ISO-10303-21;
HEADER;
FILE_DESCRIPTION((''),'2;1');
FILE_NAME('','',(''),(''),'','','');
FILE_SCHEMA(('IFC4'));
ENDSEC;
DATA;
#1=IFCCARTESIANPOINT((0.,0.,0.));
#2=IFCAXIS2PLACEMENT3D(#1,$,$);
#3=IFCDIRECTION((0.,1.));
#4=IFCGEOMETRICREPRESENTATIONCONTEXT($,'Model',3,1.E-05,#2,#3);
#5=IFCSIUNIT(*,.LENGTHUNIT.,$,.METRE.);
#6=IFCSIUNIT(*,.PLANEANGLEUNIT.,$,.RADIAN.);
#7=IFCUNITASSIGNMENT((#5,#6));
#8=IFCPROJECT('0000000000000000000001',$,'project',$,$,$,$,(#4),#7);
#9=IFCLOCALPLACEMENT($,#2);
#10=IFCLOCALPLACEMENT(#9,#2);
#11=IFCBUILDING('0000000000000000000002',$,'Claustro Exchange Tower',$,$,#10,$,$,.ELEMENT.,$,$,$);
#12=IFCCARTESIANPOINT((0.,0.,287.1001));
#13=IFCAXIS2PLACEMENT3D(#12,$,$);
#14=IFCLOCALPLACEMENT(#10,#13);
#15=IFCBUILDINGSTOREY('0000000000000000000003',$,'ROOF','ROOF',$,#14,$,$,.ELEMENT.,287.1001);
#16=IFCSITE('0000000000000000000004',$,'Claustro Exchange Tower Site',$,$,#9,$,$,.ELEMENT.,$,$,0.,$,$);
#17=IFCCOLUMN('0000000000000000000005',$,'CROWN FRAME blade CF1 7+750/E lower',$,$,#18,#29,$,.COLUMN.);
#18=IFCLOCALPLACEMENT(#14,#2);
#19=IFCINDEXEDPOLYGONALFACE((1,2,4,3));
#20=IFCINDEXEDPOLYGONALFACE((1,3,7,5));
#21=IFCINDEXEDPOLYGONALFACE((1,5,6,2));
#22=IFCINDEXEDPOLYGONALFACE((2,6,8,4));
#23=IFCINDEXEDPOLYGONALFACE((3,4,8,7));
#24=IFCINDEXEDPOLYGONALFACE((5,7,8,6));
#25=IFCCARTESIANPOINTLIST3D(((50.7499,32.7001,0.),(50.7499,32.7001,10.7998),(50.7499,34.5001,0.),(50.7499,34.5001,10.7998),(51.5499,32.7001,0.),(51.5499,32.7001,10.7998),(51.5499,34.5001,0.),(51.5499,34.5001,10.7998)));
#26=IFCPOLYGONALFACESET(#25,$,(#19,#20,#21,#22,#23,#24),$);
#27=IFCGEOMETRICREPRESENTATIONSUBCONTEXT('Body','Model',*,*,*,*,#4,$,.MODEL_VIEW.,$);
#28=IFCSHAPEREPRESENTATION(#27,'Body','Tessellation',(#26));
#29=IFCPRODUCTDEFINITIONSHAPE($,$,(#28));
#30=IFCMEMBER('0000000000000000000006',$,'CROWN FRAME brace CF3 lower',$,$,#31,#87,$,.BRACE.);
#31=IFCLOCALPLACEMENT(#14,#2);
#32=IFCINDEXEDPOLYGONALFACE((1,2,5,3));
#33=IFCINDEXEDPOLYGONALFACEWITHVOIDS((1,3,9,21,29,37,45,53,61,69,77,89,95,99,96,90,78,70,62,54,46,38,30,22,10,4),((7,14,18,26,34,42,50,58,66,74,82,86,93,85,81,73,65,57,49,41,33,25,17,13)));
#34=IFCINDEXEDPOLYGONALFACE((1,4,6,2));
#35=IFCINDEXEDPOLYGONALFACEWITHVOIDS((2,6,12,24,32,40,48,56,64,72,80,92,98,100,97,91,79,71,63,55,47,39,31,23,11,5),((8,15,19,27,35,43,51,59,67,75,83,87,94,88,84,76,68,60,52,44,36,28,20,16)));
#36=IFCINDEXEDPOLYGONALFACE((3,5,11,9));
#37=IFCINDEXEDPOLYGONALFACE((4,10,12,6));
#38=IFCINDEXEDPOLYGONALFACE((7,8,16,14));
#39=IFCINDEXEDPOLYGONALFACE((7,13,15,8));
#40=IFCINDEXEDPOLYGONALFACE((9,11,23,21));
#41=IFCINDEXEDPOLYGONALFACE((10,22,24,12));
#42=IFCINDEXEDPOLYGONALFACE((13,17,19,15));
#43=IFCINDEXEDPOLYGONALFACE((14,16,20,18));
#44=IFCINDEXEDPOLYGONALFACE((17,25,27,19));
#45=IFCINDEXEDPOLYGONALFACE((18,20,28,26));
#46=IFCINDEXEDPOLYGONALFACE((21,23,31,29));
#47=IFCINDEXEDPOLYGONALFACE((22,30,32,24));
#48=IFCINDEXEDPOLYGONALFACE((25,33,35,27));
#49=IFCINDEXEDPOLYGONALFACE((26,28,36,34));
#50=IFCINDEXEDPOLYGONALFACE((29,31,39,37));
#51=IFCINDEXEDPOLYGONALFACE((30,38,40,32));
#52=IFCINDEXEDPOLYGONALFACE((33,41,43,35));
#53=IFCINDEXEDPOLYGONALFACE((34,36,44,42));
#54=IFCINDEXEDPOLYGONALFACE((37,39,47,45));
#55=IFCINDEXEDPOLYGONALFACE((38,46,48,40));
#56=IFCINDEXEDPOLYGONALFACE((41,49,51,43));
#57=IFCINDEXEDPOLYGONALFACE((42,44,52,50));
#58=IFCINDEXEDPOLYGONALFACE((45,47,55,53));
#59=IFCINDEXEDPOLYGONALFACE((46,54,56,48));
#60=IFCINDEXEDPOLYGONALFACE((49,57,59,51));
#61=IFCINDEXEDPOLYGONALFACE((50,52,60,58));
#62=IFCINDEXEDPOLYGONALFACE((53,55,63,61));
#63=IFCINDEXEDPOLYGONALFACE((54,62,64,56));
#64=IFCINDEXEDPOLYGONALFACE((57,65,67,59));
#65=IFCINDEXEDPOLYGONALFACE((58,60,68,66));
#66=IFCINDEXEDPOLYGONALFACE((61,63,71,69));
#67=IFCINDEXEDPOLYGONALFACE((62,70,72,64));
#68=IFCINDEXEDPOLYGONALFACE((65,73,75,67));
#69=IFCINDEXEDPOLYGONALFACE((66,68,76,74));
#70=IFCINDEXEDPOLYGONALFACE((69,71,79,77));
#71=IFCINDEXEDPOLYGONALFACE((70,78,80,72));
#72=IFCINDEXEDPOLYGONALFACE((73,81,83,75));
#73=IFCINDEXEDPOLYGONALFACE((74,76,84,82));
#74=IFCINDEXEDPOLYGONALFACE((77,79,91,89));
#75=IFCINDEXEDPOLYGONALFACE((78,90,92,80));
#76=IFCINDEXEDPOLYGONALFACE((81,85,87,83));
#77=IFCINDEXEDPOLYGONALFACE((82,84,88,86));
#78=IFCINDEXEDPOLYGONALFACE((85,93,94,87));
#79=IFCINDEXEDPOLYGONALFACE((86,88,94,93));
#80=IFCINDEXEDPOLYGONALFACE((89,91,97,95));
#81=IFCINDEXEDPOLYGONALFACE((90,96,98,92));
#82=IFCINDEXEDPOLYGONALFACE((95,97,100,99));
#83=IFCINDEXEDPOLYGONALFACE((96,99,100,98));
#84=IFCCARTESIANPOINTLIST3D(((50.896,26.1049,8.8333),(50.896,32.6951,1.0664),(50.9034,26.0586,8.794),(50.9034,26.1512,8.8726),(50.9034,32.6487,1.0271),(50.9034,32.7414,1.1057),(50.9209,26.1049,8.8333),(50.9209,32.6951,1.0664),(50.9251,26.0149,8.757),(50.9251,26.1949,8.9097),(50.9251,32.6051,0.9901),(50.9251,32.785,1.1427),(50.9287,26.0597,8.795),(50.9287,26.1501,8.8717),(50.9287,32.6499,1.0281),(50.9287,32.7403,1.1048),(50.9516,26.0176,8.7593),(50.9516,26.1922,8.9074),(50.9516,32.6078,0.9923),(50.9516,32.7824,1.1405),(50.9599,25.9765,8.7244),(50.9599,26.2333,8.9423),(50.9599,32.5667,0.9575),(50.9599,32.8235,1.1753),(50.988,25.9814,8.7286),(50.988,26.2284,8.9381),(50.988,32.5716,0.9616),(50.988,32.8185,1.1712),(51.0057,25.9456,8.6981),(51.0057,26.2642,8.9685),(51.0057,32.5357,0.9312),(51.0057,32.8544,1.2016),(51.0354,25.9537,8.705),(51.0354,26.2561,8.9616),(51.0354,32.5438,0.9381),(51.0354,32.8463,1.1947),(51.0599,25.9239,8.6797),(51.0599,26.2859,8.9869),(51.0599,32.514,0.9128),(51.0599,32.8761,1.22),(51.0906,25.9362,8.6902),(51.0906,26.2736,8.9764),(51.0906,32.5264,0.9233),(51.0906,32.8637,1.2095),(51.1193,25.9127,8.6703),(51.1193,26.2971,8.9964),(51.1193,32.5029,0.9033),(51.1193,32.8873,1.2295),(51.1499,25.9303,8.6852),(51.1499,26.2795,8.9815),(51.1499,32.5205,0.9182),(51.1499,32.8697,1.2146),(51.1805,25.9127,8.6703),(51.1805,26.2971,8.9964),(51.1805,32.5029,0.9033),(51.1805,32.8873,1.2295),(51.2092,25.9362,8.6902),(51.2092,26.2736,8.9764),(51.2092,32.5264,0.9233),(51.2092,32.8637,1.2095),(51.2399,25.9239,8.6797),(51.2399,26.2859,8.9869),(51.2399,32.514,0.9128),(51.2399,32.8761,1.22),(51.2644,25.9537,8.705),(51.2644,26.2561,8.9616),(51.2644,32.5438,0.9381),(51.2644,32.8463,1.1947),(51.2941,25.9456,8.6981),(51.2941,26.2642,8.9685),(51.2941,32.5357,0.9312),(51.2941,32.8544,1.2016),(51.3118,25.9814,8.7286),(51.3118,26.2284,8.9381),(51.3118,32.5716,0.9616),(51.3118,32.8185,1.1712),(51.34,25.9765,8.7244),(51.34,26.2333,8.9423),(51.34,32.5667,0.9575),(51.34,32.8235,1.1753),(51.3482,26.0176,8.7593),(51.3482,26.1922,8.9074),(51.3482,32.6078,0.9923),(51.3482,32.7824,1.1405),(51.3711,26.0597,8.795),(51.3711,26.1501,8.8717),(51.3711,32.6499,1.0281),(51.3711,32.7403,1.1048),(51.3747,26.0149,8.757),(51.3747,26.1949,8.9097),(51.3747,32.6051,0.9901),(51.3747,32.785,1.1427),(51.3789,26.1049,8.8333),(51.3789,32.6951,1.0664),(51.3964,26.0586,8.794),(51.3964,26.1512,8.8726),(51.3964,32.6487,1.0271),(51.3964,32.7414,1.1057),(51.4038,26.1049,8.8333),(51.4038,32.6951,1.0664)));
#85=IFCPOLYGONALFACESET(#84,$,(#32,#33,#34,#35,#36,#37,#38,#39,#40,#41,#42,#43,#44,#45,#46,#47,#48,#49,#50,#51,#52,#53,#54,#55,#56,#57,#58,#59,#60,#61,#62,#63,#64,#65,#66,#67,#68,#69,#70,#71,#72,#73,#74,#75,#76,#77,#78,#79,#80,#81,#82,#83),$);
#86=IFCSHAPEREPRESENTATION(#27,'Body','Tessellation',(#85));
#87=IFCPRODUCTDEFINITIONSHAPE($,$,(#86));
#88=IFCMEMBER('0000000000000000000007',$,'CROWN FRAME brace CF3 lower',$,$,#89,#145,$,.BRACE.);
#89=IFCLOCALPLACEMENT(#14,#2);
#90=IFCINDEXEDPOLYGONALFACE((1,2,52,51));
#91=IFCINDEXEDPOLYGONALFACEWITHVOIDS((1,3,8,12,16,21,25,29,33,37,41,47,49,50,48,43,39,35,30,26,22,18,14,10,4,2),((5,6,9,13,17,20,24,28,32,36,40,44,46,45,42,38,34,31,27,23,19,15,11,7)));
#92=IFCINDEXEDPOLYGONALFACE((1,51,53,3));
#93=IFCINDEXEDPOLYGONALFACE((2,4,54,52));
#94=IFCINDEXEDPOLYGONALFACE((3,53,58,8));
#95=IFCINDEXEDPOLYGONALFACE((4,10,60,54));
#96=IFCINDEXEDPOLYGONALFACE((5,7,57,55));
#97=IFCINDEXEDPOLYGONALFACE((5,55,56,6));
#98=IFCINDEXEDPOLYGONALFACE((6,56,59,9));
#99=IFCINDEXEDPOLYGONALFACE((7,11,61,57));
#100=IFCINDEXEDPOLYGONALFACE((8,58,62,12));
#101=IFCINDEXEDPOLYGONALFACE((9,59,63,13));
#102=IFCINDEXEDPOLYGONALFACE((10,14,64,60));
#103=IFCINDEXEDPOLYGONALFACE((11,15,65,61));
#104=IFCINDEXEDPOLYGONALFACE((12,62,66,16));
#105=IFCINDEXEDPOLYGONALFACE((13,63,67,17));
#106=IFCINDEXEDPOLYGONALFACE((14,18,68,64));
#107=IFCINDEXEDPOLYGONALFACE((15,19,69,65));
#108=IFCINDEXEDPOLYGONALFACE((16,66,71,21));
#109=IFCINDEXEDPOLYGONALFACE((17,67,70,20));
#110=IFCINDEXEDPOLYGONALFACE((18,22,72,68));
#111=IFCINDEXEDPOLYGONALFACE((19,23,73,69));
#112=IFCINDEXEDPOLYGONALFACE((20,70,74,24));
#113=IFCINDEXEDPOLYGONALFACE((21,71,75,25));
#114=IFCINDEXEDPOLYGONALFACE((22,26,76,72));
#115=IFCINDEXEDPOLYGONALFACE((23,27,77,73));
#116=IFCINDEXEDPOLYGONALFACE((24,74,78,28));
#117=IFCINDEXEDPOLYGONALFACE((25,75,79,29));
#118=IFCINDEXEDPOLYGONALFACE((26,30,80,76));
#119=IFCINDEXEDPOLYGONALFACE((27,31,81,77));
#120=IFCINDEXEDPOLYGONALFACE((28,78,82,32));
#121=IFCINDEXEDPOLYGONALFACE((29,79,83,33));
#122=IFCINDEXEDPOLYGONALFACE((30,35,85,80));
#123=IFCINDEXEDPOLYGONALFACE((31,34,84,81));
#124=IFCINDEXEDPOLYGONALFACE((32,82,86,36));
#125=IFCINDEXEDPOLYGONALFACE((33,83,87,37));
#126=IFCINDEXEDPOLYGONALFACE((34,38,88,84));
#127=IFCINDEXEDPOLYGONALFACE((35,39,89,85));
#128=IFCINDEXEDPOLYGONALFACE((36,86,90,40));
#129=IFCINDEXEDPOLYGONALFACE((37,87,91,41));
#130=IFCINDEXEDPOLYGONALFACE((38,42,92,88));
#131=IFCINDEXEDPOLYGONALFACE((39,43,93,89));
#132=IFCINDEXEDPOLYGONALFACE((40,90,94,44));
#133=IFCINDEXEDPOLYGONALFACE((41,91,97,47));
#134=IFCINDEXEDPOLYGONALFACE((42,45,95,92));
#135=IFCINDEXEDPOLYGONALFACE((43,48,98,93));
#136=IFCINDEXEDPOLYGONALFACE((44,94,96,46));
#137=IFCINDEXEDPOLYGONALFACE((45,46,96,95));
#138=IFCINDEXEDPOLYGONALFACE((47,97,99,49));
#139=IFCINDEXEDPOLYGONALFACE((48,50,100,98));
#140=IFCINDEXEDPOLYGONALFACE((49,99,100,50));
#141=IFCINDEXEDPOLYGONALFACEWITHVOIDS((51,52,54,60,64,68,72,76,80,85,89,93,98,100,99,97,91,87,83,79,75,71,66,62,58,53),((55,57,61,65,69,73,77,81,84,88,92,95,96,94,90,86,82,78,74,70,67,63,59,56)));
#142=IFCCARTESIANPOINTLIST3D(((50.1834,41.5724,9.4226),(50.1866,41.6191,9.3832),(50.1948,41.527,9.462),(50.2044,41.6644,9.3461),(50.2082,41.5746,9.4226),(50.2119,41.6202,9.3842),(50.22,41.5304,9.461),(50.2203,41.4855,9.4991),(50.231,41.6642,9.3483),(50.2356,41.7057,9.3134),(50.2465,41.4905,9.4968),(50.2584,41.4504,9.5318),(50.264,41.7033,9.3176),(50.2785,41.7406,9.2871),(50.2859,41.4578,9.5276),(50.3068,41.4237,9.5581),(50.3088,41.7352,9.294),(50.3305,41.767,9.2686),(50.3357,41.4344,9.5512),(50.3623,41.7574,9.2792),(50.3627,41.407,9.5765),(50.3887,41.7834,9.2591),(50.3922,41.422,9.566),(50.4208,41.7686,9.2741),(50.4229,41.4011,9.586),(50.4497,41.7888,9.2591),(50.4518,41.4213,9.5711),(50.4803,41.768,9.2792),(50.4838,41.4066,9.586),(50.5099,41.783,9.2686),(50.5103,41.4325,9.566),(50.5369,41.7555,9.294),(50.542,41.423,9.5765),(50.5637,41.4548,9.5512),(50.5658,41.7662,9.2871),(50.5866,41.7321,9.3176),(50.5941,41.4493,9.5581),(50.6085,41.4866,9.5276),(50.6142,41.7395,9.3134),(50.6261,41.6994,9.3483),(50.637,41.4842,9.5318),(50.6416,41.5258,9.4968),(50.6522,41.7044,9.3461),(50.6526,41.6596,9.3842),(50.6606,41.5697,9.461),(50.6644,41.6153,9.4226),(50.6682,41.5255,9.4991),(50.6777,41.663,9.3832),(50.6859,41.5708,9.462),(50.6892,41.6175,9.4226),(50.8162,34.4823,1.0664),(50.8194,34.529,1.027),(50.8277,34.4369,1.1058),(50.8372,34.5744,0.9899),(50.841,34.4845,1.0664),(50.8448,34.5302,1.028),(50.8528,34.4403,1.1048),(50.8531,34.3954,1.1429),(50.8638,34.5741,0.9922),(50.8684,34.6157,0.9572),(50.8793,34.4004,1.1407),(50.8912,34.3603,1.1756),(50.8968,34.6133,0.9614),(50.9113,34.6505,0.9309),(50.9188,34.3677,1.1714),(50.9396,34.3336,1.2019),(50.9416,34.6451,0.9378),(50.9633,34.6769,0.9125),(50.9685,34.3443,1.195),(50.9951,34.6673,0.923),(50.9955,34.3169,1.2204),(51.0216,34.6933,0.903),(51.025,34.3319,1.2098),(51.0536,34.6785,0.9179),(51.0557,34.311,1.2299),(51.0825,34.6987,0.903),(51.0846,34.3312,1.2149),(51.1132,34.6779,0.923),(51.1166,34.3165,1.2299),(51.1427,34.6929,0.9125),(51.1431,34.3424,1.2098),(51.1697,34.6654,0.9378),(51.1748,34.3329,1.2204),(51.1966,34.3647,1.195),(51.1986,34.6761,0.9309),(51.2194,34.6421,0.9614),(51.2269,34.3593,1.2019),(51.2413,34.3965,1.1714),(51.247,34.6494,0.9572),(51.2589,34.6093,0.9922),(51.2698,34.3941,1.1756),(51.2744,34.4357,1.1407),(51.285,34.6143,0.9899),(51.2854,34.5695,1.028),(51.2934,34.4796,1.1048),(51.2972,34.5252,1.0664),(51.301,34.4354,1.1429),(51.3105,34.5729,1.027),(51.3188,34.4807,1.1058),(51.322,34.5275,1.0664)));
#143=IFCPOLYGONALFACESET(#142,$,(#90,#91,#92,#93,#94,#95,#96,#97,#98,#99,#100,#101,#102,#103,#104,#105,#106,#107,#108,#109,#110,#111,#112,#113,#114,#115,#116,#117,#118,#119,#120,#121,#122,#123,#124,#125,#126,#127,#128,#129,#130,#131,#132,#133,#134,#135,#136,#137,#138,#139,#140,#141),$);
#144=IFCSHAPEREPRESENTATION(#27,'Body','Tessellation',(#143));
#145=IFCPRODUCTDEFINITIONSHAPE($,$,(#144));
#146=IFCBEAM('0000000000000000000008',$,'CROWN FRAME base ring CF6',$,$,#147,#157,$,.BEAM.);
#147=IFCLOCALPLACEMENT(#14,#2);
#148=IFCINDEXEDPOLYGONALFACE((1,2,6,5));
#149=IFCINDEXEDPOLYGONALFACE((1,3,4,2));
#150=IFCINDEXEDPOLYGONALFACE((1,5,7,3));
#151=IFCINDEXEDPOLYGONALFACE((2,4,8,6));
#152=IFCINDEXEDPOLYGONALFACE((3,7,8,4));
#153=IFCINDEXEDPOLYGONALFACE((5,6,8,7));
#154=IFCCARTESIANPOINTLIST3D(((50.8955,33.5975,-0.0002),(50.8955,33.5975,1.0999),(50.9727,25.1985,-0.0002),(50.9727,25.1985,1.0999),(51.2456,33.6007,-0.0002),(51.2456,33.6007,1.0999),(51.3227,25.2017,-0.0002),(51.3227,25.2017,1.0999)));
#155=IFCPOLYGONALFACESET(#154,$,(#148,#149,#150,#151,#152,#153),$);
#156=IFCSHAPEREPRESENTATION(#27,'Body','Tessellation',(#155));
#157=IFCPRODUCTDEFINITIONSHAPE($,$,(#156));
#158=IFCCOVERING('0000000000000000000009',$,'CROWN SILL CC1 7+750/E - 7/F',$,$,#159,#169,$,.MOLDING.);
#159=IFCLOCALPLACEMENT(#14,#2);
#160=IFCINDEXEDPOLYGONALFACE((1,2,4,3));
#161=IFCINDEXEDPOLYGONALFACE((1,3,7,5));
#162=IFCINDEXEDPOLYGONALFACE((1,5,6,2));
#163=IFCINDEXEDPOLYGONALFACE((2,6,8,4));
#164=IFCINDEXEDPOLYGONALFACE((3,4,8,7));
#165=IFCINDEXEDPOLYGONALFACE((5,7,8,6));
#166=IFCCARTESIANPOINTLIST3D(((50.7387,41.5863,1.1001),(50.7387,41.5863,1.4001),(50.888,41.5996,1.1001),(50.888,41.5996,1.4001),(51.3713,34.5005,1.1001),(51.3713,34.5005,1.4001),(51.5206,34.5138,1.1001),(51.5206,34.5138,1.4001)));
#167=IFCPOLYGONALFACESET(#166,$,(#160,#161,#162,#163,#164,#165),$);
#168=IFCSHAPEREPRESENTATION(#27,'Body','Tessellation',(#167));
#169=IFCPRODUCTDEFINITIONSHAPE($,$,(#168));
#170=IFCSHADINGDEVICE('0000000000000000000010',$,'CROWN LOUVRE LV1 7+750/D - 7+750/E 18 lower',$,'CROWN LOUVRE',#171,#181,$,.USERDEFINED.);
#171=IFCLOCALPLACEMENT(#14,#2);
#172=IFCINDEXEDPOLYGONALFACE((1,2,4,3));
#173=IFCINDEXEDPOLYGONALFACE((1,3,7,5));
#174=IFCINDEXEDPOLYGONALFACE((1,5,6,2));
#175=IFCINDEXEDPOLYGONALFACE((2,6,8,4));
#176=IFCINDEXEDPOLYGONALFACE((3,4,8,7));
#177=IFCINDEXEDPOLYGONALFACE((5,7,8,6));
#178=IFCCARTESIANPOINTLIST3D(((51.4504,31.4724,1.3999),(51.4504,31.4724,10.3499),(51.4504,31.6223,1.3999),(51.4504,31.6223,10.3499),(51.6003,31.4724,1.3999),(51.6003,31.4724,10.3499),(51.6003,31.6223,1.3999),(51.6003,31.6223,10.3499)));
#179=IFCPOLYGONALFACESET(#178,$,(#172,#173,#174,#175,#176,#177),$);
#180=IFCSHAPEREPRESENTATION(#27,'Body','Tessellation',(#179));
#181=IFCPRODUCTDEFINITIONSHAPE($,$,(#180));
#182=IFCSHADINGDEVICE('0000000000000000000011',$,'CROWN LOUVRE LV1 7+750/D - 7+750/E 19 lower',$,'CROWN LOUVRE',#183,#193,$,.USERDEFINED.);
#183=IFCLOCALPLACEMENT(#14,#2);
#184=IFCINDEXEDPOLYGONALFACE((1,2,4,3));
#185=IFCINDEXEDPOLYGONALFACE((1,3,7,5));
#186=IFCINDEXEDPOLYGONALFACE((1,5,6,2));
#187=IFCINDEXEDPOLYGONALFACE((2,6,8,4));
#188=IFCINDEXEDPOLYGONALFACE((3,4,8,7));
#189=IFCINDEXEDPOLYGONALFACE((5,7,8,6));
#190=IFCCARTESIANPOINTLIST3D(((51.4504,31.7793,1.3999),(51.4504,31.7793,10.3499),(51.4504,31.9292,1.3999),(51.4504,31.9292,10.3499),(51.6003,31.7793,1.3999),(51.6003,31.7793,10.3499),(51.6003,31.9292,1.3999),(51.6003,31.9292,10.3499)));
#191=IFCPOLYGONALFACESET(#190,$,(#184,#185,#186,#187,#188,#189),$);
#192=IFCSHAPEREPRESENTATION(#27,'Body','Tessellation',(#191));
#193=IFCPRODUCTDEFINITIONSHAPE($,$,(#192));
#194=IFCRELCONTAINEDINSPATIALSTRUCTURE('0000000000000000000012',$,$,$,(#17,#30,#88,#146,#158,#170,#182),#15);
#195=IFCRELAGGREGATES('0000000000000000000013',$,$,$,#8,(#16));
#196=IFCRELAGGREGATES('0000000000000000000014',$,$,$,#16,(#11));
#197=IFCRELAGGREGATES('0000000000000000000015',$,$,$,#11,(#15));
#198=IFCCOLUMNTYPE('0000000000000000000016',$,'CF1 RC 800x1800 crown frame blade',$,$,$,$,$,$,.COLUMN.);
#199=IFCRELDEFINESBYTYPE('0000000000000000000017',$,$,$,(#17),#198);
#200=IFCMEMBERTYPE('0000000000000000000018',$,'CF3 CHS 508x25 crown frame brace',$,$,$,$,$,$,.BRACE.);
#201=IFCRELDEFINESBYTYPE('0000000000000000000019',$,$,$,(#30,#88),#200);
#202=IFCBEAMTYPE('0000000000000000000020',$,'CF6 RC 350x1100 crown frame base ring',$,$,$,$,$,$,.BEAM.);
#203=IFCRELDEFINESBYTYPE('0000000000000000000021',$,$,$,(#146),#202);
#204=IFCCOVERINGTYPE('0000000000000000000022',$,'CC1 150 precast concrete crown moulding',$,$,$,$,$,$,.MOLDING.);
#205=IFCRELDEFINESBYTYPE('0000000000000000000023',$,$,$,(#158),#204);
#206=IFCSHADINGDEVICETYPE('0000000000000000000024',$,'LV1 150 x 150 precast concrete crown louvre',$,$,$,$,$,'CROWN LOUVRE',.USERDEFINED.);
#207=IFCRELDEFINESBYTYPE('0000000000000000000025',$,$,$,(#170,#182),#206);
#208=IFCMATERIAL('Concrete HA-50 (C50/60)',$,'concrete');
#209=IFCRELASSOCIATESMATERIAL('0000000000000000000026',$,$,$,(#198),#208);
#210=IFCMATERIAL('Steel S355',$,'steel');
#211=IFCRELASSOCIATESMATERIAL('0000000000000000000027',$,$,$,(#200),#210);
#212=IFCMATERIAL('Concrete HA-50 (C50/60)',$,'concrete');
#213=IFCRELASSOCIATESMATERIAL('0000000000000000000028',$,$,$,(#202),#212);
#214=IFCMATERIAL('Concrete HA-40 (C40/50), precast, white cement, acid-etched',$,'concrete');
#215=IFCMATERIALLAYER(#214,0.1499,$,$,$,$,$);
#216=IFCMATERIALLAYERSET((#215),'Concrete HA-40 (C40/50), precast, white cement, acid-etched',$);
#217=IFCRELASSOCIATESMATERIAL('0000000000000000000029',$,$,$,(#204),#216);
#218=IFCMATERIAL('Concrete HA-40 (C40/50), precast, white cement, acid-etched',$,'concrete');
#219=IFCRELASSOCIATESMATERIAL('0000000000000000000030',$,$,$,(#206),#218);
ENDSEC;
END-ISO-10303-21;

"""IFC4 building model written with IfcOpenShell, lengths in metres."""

from ifc_helpers import new_model, si_unit, direction, frame, origin, origin_2d, place, context, subcontext, project, spatial, rectangle, hollow_circle, extrude, material, layer, layer_set, material_profile, profile_set, type_object, element, save


model = new_model("IFC4")

# Units and contexts
model_context = context("Model", 3, precision=1e-05, world=origin(), true_north=direction((0.0, 1.0)))
body_context = subcontext(model_context, "Body", "Model", "MODEL_VIEW")
ifc_project = project(units=[si_unit("LENGTHUNIT", "METRE"), si_unit("PLANEANGLEUNIT", "RADIAN")], contexts=[model_context])

# Site, building, storey
site_placement = place(None, origin())
site = spatial("IfcSite", under=ifc_project, at=site_placement, Name="Claustro Exchange Tower Site", CompositionType="ELEMENT", RefElevation=0.0)
building_placement = place(site_placement, origin())
building = spatial("IfcBuilding", under=site, at=building_placement, Name="Claustro Exchange Tower", CompositionType="ELEMENT")
storey_placement = place(building_placement, frame((0.0, 0.0, 287.1001)))
storey = spatial("IfcBuildingStorey", under=building, at=storey_placement, Name="ROOF", Description="ROOF", CompositionType="ELEMENT", Elevation=287.1001)

# Column
ifc_material_1 = material(Name="Concrete HA-50 (C50/60)", Category="concrete")
ifc_material_profile_1 = material_profile(ifc_material_1, rectangle(XDim=0.8, YDim=1.8, at=origin_2d()), Name="RC 800x1800")
ifc_profile_set_1 = profile_set([ifc_material_profile_1], Name="Concrete HA-50 (C50/60)")
column_type = type_object("IfcColumnType", Name="CF1 RC 800x1800 crown frame blade", PredefinedType="COLUMN", material=ifc_profile_set_1)
column_placement = place(storey_placement, frame((51.1499, 33.6001, 0.0), z_axis=(0.0, 0.0, 1.0), x_axis=(1.0, 0.0, 0.0)))
element("IfcColumn", 1, at=column_placement, inside=storey, type_object=column_type, Name="CROWN FRAME blade CF1 7+750/E lower", PredefinedType="COLUMN", context=body_context, shape_type="SweptSolid", body=[
    extrude(rectangle(XDim=0.8, YDim=1.8, at=origin_2d()), origin(), (0.0, 0.0, 1.0), 10.7998),
])

# Members
ifc_material_2 = material(Name="Steel S355", Category="steel")
ifc_material_profile_2 = material_profile(ifc_material_2, hollow_circle(Radius=0.2539, WallThickness=0.0249, at=origin_2d()), Name="CHS 508x25")
ifc_profile_set_2 = profile_set([ifc_material_profile_2], Name="Steel S355")
member_type = type_object("IfcMemberType", Name="CF3 CHS 508x25 crown frame brace", PredefinedType="BRACE", material=ifc_profile_set_2)
member_1_placement = place(storey_placement, frame((51.1499, 32.6951, 1.0664), z_axis=(0.0, -0.64698, 0.762507), x_axis=(1.0, 0.0, 0.0)))
element("IfcMember", 2, at=member_1_placement, inside=storey, type_object=member_type, Name="CROWN FRAME brace CF3 lower", PredefinedType="BRACE", context=body_context, shape_type="SweptSolid", body=[
    extrude(hollow_circle(Radius=0.2539, WallThickness=0.0249, at=origin_2d()), origin(), (0.0, 0.0, 1.0), 10.186),
])
member_2_placement = place(storey_placement, frame((51.0691, 34.5049, 1.0664), z_axis=(-0.057649, 0.6459, 0.761242), x_axis=(-0.996041, -0.0889, 0.0)))
element("IfcMember", 3, at=member_2_placement, inside=storey, type_object=member_type, Name="CROWN FRAME brace CF3 lower", PredefinedType="BRACE", context=body_context, shape_type="SweptSolid", body=[
    extrude(hollow_circle(Radius=0.2539, WallThickness=0.0249, at=origin_2d()), origin(), (0.0, 0.0, 1.0), 10.9771),
])

# Beam
ifc_material_3 = material(Name="Concrete HA-50 (C50/60)", Category="concrete")
ifc_material_profile_3 = material_profile(ifc_material_3, rectangle(XDim=0.3501, YDim=1.1001, at=origin_2d()), Name="RC 350x1100")
ifc_profile_set_3 = profile_set([ifc_material_profile_3], Name="Concrete HA-50 (C50/60)")
beam_type = type_object("IfcBeamType", Name="CF6 RC 350x1100 crown frame base ring", PredefinedType="BEAM", material=ifc_profile_set_3)
beam_placement = place(storey_placement, frame((51.0706, 33.5991, 0.5498), z_axis=(0.009185, -0.999958, 0.0), x_axis=(0.999958, 0.009185, 0.0)))
element("IfcBeam", 4, at=beam_placement, inside=storey, type_object=beam_type, Name="CROWN FRAME base ring CF6", PredefinedType="BEAM", context=body_context, shape_type="SweptSolid", body=[
    extrude(rectangle(XDim=0.3501, YDim=1.1001, at=origin_2d()), origin(), (0.0, 0.0, 1.0), 8.3994),
])

# Covering
ifc_material_4 = material(Name="Concrete HA-40 (C40/50), precast, white cement, acid-etched", Category="concrete")
ifc_layer_1 = layer(ifc_material_4, 0.1499)
ifc_layer_set_1 = layer_set([ifc_layer_1], Name="Concrete HA-40 (C40/50), precast, white cement, acid-etched")
covering_type = type_object("IfcCoveringType", Name="CC1 150 precast concrete crown moulding", PredefinedType="MOLDING", material=ifc_layer_set_1)
covering_placement = place(storey_placement, frame((51.1296, 38.05, 1.1001), z_axis=(0.0, 0.0, 1.0), x_axis=(-0.088933, 0.996038, 0.0)))
element("IfcCovering", 5, at=covering_placement, inside=storey, type_object=covering_type, Name="CROWN SILL CC1 7+750/E - 7/F", PredefinedType="MOLDING", context=body_context, shape_type="SweptSolid", body=[
    extrude(rectangle(XDim=7.114, YDim=0.1499, at=origin_2d()), origin(), (0.0, 0.0, 1.0), 0.3),
])

# Shading devices
ifc_material_5 = material(Name="Concrete HA-40 (C40/50), precast, white cement, acid-etched", Category="concrete")
shading_device_type = type_object("IfcShadingDeviceType", Name="LV1 150 x 150 precast concrete crown louvre", ElementType="CROWN LOUVRE", PredefinedType="USERDEFINED", material=ifc_material_5)
for number, where, z_axis, x_axis, name in (
    (6, (51.5254, 31.5474, 1.3999), (0.0, 0.0, 1.0), (0.0, 1.0, 0.0), "CROWN LOUVRE LV1 7+750/D - 7+750/E 18 lower"),
    (7, (51.5254, 31.8542, 1.3999), (0.0, 0.0, 1.0), (0.0, 1.0, 0.0), "CROWN LOUVRE LV1 7+750/D - 7+750/E 19 lower"),
):
    element("IfcShadingDevice", number, at=place(storey_placement, frame(where, z_axis=z_axis, x_axis=x_axis)), inside=storey, type_object=shading_device_type, Name=name, ObjectType="CROWN LOUVRE", PredefinedType="USERDEFINED", context=body_context, shape_type="SweptSolid", body=[
        extrude(rectangle(XDim=0.1499, YDim=0.1499, at=origin_2d()), origin(), (0.0, 0.0, 1.0), 8.95),
    ])

save(model, "model.ifc")
